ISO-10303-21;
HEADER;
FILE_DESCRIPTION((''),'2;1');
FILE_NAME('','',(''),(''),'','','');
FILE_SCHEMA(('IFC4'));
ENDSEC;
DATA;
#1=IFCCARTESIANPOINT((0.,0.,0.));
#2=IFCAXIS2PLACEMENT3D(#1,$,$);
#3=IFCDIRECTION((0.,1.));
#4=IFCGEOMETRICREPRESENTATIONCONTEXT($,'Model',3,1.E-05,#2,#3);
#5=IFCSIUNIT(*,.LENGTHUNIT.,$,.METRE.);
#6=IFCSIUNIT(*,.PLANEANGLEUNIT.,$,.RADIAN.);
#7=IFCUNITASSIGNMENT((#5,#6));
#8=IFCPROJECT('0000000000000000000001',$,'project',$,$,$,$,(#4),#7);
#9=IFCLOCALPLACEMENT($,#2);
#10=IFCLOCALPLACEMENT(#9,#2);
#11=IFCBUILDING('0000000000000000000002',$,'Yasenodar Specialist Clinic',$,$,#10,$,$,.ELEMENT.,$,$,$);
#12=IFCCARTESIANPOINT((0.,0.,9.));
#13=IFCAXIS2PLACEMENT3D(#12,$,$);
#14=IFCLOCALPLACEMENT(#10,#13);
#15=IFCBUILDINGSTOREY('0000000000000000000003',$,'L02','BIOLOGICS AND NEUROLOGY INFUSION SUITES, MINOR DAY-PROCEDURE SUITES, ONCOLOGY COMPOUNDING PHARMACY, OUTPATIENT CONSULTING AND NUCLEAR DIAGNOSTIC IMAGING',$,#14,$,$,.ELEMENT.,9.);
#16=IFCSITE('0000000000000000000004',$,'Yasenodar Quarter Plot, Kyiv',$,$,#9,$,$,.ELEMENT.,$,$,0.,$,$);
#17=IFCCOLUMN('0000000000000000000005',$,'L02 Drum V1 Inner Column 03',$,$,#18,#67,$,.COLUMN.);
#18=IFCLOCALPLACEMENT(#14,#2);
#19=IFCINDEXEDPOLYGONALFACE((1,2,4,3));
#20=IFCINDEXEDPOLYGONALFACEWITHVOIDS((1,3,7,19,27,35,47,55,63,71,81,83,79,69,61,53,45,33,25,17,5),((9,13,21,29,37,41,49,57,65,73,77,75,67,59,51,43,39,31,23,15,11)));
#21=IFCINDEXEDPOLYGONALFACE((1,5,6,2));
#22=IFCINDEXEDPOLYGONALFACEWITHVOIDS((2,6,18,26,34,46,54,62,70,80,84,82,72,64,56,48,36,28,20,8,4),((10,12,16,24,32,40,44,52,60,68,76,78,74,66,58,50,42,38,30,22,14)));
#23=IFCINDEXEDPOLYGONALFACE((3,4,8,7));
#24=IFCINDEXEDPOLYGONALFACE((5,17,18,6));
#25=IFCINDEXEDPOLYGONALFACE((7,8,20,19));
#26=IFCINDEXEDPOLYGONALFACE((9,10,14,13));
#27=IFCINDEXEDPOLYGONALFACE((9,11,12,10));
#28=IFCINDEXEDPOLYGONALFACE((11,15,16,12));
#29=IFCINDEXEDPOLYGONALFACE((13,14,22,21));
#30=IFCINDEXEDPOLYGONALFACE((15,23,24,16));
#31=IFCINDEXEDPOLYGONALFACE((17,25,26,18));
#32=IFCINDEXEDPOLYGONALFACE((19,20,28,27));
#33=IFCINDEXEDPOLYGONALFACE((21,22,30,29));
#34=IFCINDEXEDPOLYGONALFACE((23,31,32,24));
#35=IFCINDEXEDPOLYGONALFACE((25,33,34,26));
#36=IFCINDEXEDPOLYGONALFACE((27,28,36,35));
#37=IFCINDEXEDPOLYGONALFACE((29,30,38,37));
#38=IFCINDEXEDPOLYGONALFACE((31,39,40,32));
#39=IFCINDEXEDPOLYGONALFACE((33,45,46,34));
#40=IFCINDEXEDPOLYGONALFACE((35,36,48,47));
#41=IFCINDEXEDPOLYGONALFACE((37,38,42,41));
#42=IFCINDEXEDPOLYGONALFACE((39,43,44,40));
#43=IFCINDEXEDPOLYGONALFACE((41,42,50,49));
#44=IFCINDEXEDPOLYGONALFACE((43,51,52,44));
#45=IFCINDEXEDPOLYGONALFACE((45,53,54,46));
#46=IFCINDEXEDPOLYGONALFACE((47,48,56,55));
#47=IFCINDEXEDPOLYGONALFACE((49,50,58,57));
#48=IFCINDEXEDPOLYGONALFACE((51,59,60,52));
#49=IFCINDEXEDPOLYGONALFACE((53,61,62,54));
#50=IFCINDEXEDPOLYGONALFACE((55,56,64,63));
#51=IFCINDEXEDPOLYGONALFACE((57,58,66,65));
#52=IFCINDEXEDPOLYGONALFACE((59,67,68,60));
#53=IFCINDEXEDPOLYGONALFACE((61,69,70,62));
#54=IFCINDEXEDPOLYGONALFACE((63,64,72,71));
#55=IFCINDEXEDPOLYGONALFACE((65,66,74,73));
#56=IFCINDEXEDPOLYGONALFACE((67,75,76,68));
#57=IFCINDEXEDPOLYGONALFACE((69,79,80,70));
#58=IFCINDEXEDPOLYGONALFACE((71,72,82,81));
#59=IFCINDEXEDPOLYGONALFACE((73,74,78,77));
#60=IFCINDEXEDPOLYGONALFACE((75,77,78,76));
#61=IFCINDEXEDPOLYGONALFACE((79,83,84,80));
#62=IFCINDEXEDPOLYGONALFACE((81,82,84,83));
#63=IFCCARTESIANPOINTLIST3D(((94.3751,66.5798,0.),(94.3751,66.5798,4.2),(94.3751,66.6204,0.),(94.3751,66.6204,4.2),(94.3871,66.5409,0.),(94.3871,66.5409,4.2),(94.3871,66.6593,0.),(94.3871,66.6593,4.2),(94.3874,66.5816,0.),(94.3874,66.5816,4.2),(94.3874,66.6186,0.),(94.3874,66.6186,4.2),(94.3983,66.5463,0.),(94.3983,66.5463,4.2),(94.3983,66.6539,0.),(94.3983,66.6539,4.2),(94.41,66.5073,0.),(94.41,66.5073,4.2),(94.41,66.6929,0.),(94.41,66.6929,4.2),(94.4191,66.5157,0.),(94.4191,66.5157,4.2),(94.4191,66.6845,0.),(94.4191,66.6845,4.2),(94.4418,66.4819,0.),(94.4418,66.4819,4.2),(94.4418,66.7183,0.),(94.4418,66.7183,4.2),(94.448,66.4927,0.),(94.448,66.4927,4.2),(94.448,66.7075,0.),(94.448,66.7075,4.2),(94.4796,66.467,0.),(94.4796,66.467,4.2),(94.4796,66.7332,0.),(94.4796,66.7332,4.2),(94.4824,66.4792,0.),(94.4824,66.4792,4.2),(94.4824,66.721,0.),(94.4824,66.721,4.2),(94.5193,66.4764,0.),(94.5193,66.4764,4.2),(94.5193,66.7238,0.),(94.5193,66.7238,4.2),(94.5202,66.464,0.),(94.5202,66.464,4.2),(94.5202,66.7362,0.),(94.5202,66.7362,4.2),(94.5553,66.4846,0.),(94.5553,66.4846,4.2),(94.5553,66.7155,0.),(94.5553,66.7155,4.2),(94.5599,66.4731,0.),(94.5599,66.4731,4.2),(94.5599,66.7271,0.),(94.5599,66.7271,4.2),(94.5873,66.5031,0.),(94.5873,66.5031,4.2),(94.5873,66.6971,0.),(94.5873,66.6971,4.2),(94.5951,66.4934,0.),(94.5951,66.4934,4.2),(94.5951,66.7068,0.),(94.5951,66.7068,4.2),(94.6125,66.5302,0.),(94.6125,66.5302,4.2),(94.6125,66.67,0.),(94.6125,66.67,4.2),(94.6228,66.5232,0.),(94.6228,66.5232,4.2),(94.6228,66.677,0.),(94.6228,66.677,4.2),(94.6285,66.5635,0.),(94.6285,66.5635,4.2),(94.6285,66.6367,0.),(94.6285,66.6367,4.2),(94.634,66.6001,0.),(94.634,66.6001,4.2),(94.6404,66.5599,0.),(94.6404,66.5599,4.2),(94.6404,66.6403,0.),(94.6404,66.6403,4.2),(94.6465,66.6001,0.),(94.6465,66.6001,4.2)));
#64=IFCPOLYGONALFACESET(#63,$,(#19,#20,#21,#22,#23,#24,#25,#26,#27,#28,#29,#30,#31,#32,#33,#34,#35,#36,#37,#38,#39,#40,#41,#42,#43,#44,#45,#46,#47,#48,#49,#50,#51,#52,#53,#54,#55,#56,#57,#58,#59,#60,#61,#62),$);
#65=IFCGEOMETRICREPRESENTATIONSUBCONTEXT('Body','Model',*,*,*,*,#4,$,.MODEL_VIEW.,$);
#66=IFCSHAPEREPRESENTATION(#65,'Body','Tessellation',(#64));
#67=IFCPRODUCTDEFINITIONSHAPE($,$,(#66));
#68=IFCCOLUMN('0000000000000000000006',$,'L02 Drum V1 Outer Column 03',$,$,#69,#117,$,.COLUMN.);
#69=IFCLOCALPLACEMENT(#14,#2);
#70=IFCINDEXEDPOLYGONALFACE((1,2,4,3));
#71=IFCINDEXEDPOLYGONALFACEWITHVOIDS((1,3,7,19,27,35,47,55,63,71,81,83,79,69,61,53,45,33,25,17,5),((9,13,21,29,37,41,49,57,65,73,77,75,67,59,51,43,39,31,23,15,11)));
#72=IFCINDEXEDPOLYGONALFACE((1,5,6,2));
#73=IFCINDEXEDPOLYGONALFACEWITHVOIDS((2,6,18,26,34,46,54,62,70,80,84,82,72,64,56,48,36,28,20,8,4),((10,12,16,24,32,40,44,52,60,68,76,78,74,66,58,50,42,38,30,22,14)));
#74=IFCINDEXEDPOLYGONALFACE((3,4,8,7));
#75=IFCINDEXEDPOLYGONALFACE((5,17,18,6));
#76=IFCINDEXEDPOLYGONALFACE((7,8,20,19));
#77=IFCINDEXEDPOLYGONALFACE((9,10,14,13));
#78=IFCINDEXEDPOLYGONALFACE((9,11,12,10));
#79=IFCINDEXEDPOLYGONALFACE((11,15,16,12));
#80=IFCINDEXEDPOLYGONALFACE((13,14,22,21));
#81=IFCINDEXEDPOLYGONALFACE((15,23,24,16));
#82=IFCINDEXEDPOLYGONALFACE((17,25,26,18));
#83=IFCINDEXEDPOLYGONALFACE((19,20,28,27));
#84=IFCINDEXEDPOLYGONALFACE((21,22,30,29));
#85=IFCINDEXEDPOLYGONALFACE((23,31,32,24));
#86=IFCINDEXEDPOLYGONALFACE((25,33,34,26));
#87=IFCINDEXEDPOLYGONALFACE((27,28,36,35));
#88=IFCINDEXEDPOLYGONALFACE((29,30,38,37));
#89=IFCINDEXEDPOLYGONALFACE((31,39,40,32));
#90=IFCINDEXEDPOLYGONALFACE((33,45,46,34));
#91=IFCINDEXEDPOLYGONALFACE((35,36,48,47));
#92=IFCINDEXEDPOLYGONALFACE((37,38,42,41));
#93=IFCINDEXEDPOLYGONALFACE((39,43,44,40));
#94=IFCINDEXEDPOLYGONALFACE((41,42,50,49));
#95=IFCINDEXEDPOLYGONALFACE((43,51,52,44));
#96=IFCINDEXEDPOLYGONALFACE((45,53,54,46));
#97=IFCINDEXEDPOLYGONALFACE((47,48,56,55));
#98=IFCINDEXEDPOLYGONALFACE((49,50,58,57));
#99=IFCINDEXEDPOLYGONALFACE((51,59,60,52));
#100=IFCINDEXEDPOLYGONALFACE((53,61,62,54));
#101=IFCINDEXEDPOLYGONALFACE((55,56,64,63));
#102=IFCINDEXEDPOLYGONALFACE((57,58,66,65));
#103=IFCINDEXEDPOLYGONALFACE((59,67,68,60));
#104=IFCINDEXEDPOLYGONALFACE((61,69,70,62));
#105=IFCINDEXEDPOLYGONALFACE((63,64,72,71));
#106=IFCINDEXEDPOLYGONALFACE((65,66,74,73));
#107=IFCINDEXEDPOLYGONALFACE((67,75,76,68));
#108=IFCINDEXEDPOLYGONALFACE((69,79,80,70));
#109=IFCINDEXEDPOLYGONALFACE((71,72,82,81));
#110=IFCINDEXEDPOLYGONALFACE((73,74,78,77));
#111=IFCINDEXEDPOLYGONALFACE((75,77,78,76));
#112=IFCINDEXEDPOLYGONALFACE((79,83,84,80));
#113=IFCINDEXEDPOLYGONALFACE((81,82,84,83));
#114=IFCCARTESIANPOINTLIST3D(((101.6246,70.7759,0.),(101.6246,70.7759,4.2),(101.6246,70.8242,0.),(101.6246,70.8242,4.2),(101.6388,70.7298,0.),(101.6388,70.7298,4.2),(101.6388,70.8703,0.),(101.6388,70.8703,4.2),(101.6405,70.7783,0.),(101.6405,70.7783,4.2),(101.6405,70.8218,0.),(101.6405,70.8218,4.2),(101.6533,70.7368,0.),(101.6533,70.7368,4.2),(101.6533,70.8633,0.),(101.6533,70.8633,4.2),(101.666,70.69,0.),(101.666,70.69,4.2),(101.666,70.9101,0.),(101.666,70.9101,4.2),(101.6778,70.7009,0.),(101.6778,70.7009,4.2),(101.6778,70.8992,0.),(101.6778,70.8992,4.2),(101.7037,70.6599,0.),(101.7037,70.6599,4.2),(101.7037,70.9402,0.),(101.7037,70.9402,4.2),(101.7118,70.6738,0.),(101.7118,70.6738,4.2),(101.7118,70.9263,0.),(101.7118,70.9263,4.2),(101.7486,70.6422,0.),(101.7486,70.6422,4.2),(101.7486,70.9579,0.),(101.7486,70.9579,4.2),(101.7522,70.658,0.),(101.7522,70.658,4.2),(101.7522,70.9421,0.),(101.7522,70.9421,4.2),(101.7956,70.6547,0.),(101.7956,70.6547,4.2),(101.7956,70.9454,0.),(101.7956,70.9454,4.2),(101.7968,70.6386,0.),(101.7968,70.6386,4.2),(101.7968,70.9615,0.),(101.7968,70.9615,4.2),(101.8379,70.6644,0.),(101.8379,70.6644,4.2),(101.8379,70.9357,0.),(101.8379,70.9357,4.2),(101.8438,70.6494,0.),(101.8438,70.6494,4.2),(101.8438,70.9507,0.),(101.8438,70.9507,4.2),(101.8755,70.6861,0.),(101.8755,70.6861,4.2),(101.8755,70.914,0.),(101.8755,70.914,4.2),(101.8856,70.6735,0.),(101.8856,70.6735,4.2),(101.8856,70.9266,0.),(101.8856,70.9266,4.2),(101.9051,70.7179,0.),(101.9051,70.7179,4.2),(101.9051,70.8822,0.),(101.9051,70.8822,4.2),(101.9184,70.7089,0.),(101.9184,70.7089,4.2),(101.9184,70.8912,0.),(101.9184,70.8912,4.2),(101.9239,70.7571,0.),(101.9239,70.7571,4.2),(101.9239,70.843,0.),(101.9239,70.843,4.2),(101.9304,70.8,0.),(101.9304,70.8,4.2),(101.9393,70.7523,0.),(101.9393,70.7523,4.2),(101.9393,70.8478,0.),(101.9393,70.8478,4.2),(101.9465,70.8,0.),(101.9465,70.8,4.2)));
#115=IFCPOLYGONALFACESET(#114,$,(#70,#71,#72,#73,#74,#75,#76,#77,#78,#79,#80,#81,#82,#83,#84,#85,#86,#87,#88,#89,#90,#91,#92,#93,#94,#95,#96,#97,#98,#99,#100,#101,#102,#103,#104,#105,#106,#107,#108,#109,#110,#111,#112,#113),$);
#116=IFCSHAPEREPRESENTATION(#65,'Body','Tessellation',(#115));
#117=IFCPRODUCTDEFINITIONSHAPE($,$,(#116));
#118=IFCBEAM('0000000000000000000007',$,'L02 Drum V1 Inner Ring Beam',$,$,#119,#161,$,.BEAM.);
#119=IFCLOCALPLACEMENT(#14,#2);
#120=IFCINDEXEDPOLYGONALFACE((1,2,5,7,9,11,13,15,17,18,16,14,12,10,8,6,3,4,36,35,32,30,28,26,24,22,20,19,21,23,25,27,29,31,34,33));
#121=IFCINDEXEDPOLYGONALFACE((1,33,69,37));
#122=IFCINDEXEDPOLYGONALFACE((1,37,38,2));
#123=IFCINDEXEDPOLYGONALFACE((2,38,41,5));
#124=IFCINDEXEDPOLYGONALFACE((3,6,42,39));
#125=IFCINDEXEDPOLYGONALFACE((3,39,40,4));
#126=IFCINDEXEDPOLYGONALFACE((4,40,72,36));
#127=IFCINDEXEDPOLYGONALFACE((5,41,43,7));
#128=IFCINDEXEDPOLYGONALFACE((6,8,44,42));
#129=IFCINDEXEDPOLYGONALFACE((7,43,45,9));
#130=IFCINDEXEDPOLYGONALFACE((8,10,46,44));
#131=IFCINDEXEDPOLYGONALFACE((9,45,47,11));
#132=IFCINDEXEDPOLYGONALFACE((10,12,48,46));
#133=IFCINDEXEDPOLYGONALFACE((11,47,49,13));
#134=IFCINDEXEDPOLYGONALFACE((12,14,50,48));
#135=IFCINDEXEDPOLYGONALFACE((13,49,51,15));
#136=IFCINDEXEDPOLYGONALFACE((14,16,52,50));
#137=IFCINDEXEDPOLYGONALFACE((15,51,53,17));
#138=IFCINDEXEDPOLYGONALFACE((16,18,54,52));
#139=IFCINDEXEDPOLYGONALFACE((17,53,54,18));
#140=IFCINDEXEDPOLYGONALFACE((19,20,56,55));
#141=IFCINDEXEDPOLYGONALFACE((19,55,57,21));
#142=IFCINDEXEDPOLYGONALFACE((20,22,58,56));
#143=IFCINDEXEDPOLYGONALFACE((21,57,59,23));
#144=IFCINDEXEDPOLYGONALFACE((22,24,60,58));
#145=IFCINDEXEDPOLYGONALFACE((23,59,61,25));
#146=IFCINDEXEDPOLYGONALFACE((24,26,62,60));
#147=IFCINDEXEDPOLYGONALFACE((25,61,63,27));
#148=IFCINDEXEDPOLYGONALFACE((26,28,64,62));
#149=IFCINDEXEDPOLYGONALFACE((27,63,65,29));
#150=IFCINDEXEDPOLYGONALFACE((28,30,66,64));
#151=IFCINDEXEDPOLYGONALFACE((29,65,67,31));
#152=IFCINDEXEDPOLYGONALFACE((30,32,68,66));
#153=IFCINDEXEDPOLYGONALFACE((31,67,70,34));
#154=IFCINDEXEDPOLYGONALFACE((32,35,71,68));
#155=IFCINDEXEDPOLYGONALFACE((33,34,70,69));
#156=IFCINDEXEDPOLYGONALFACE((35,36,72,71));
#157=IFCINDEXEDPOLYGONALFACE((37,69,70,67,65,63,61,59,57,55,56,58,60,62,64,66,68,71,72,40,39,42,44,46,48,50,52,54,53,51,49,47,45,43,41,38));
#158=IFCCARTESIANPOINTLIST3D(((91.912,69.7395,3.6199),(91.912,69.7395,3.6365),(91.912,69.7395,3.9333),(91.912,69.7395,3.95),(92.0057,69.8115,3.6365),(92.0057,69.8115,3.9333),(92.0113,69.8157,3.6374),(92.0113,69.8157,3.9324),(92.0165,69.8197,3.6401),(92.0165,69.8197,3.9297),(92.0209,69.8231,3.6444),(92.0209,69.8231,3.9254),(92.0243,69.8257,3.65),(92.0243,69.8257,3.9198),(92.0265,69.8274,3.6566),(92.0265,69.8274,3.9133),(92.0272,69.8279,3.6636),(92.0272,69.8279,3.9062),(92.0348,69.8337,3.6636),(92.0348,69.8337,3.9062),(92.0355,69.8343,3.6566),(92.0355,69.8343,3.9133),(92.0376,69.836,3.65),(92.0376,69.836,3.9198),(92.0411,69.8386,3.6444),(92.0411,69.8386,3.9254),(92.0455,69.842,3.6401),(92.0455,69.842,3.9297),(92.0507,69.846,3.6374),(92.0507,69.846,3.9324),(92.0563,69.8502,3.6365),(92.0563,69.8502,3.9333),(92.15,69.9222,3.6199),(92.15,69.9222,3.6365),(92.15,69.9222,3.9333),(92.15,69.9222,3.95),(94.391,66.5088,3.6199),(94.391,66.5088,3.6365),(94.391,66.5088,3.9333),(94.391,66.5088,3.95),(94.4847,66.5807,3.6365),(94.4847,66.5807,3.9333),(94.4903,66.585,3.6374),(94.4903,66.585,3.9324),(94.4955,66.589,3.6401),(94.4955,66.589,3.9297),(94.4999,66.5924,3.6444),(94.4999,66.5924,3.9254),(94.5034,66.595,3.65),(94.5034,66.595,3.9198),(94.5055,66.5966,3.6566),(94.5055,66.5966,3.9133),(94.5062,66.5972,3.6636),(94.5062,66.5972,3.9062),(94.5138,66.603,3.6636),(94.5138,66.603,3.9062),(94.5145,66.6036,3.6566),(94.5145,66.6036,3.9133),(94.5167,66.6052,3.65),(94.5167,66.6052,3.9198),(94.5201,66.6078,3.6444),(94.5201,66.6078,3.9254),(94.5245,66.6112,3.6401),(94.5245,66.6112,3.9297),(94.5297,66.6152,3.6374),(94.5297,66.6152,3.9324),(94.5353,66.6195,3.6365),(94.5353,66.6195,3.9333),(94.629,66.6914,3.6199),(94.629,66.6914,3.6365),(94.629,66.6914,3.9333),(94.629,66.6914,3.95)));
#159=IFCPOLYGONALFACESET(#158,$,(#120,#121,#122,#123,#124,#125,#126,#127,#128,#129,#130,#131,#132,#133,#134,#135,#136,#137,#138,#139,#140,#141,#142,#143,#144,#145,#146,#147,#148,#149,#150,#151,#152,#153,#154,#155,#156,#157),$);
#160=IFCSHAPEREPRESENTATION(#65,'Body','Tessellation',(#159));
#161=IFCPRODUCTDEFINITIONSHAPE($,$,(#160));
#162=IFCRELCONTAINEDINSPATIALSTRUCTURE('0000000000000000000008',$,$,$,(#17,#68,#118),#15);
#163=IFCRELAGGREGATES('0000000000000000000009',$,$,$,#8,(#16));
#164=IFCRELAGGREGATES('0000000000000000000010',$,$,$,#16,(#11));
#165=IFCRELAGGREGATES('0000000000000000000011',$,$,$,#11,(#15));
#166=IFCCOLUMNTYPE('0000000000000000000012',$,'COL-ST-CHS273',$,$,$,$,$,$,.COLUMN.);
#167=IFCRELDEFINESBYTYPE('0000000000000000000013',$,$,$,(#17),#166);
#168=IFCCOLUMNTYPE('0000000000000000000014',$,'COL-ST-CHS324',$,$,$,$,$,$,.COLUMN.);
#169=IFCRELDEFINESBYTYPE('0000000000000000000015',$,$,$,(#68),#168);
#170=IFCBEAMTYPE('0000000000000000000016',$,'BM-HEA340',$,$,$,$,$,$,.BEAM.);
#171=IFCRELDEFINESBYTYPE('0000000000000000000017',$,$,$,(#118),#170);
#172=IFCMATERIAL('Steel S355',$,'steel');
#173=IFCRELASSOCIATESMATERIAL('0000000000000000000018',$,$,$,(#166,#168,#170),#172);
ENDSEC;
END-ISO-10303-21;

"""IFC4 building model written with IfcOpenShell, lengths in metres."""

from ifc_helpers import new_model, si_unit, direction, frame, origin, origin_2d, place, context, subcontext, project, spatial, hollow_circle, i_section, extrude, material, material_profile, profile_set, type_object, element, save


model = new_model("IFC4")

# Units and contexts
model_context = context("Model", 3, precision=1e-05, world=origin(), true_north=direction((0.0, 1.0)))
body_context = subcontext(model_context, "Body", "Model", "MODEL_VIEW")
ifc_project = project(units=[si_unit("LENGTHUNIT", "METRE"), si_unit("PLANEANGLEUNIT", "RADIAN")], contexts=[model_context])

# Site, building, storey
site_placement = place(None, origin())
site = spatial("IfcSite", under=ifc_project, at=site_placement, Name="Yasenodar Quarter Plot, Kyiv", CompositionType="ELEMENT", RefElevation=0.0)
building_placement = place(site_placement, origin())
building = spatial("IfcBuilding", under=site, at=building_placement, Name="Yasenodar Specialist Clinic", CompositionType="ELEMENT")
storey_placement = place(building_placement, frame((0.0, 0.0, 9.0)))
storey = spatial("IfcBuildingStorey", under=building, at=storey_placement, Name="L02", Description="BIOLOGICS AND NEUROLOGY INFUSION SUITES, MINOR DAY-PROCEDURE SUITES, ONCOLOGY COMPOUNDING PHARMACY, OUTPATIENT CONSULTING AND NUCLEAR DIAGNOSTIC IMAGING", CompositionType="ELEMENT", Elevation=9.0)

# Columns
ifc_material_1 = material(Name="Steel S355", Category="steel")
ifc_material_profile_1 = material_profile(ifc_material_1, hollow_circle(Radius=0.1365, WallThickness=0.0125, at=origin_2d()), Name="CHS 273x12.5")
ifc_profile_set_1 = profile_set([ifc_material_profile_1], Name="Steel S355")
column_type_1 = type_object("IfcColumnType", Name="COL-ST-CHS273", PredefinedType="COLUMN", material=ifc_profile_set_1)
column_1_placement = place(storey_placement, frame((94.51, 66.6001, 0.0), z_axis=(0.0, 0.0, 1.0), x_axis=(1.0, 0.0, 0.0)))
element("IfcColumn", 1, at=column_1_placement, inside=storey, type_object=column_type_1, Name="L02 Drum V1 Inner Column 03", PredefinedType="COLUMN", context=body_context, shape_type="SweptSolid", body=[
    extrude(hollow_circle(Radius=0.1365, WallThickness=0.0125, at=origin_2d()), origin(), (0.0, 0.0, 1.0), 4.2),
])
ifc_material_profile_2 = material_profile(ifc_material_1, hollow_circle(Radius=0.1619, WallThickness=0.0161, at=origin_2d()), Name="CHS 323.9x16")
ifc_profile_set_2 = profile_set([ifc_material_profile_2], Name="Steel S355")
column_type_2 = type_object("IfcColumnType", Name="COL-ST-CHS324", PredefinedType="COLUMN", material=ifc_profile_set_2)
column_2_placement = place(storey_placement, frame((101.7847, 70.8, 0.0), z_axis=(0.0, 0.0, 1.0), x_axis=(1.0, 0.0, 0.0)))
element("IfcColumn", 2, at=column_2_placement, inside=storey, type_object=column_type_2, Name="L02 Drum V1 Outer Column 03", PredefinedType="COLUMN", context=body_context, shape_type="SweptSolid", body=[
    extrude(hollow_circle(Radius=0.1619, WallThickness=0.0161, at=origin_2d()), origin(), (0.0, 0.0, 1.0), 4.2),
])

# Beam
ifc_material_profile_3 = material_profile(ifc_material_1, i_section(OverallWidth=0.3, OverallDepth=0.3301, WebThickness=0.0095, FlangeThickness=0.0166, FilletRadius=0.0271, at=origin_2d()), Name="HEA 340")
ifc_profile_set_3 = profile_set([ifc_material_profile_3], Name="Steel S355")
beam_type_1 = type_object("IfcBeamType", Name="BM-HEA340", PredefinedType="BEAM", material=ifc_profile_set_3)
beam_1_placement = place(storey_placement, frame((94.51, 66.6001, 3.7849), z_axis=(-0.60876, 0.793354, 0.0), x_axis=(-0.793354, -0.60876, 0.0)))
element("IfcBeam", 3, at=beam_1_placement, inside=storey, type_object=beam_type_1, Name="L02 Drum V1 Inner Ring Beam", PredefinedType="BEAM", context=body_context, shape_type="SweptSolid", body=[
    extrude(i_section(OverallWidth=0.3, OverallDepth=0.3301, WebThickness=0.0095, FlangeThickness=0.0166, FilletRadius=0.0271, at=origin_2d()), origin(), (0.0, 0.0, 1.0), 4.0723),
])

save(model, "model.ifc")
